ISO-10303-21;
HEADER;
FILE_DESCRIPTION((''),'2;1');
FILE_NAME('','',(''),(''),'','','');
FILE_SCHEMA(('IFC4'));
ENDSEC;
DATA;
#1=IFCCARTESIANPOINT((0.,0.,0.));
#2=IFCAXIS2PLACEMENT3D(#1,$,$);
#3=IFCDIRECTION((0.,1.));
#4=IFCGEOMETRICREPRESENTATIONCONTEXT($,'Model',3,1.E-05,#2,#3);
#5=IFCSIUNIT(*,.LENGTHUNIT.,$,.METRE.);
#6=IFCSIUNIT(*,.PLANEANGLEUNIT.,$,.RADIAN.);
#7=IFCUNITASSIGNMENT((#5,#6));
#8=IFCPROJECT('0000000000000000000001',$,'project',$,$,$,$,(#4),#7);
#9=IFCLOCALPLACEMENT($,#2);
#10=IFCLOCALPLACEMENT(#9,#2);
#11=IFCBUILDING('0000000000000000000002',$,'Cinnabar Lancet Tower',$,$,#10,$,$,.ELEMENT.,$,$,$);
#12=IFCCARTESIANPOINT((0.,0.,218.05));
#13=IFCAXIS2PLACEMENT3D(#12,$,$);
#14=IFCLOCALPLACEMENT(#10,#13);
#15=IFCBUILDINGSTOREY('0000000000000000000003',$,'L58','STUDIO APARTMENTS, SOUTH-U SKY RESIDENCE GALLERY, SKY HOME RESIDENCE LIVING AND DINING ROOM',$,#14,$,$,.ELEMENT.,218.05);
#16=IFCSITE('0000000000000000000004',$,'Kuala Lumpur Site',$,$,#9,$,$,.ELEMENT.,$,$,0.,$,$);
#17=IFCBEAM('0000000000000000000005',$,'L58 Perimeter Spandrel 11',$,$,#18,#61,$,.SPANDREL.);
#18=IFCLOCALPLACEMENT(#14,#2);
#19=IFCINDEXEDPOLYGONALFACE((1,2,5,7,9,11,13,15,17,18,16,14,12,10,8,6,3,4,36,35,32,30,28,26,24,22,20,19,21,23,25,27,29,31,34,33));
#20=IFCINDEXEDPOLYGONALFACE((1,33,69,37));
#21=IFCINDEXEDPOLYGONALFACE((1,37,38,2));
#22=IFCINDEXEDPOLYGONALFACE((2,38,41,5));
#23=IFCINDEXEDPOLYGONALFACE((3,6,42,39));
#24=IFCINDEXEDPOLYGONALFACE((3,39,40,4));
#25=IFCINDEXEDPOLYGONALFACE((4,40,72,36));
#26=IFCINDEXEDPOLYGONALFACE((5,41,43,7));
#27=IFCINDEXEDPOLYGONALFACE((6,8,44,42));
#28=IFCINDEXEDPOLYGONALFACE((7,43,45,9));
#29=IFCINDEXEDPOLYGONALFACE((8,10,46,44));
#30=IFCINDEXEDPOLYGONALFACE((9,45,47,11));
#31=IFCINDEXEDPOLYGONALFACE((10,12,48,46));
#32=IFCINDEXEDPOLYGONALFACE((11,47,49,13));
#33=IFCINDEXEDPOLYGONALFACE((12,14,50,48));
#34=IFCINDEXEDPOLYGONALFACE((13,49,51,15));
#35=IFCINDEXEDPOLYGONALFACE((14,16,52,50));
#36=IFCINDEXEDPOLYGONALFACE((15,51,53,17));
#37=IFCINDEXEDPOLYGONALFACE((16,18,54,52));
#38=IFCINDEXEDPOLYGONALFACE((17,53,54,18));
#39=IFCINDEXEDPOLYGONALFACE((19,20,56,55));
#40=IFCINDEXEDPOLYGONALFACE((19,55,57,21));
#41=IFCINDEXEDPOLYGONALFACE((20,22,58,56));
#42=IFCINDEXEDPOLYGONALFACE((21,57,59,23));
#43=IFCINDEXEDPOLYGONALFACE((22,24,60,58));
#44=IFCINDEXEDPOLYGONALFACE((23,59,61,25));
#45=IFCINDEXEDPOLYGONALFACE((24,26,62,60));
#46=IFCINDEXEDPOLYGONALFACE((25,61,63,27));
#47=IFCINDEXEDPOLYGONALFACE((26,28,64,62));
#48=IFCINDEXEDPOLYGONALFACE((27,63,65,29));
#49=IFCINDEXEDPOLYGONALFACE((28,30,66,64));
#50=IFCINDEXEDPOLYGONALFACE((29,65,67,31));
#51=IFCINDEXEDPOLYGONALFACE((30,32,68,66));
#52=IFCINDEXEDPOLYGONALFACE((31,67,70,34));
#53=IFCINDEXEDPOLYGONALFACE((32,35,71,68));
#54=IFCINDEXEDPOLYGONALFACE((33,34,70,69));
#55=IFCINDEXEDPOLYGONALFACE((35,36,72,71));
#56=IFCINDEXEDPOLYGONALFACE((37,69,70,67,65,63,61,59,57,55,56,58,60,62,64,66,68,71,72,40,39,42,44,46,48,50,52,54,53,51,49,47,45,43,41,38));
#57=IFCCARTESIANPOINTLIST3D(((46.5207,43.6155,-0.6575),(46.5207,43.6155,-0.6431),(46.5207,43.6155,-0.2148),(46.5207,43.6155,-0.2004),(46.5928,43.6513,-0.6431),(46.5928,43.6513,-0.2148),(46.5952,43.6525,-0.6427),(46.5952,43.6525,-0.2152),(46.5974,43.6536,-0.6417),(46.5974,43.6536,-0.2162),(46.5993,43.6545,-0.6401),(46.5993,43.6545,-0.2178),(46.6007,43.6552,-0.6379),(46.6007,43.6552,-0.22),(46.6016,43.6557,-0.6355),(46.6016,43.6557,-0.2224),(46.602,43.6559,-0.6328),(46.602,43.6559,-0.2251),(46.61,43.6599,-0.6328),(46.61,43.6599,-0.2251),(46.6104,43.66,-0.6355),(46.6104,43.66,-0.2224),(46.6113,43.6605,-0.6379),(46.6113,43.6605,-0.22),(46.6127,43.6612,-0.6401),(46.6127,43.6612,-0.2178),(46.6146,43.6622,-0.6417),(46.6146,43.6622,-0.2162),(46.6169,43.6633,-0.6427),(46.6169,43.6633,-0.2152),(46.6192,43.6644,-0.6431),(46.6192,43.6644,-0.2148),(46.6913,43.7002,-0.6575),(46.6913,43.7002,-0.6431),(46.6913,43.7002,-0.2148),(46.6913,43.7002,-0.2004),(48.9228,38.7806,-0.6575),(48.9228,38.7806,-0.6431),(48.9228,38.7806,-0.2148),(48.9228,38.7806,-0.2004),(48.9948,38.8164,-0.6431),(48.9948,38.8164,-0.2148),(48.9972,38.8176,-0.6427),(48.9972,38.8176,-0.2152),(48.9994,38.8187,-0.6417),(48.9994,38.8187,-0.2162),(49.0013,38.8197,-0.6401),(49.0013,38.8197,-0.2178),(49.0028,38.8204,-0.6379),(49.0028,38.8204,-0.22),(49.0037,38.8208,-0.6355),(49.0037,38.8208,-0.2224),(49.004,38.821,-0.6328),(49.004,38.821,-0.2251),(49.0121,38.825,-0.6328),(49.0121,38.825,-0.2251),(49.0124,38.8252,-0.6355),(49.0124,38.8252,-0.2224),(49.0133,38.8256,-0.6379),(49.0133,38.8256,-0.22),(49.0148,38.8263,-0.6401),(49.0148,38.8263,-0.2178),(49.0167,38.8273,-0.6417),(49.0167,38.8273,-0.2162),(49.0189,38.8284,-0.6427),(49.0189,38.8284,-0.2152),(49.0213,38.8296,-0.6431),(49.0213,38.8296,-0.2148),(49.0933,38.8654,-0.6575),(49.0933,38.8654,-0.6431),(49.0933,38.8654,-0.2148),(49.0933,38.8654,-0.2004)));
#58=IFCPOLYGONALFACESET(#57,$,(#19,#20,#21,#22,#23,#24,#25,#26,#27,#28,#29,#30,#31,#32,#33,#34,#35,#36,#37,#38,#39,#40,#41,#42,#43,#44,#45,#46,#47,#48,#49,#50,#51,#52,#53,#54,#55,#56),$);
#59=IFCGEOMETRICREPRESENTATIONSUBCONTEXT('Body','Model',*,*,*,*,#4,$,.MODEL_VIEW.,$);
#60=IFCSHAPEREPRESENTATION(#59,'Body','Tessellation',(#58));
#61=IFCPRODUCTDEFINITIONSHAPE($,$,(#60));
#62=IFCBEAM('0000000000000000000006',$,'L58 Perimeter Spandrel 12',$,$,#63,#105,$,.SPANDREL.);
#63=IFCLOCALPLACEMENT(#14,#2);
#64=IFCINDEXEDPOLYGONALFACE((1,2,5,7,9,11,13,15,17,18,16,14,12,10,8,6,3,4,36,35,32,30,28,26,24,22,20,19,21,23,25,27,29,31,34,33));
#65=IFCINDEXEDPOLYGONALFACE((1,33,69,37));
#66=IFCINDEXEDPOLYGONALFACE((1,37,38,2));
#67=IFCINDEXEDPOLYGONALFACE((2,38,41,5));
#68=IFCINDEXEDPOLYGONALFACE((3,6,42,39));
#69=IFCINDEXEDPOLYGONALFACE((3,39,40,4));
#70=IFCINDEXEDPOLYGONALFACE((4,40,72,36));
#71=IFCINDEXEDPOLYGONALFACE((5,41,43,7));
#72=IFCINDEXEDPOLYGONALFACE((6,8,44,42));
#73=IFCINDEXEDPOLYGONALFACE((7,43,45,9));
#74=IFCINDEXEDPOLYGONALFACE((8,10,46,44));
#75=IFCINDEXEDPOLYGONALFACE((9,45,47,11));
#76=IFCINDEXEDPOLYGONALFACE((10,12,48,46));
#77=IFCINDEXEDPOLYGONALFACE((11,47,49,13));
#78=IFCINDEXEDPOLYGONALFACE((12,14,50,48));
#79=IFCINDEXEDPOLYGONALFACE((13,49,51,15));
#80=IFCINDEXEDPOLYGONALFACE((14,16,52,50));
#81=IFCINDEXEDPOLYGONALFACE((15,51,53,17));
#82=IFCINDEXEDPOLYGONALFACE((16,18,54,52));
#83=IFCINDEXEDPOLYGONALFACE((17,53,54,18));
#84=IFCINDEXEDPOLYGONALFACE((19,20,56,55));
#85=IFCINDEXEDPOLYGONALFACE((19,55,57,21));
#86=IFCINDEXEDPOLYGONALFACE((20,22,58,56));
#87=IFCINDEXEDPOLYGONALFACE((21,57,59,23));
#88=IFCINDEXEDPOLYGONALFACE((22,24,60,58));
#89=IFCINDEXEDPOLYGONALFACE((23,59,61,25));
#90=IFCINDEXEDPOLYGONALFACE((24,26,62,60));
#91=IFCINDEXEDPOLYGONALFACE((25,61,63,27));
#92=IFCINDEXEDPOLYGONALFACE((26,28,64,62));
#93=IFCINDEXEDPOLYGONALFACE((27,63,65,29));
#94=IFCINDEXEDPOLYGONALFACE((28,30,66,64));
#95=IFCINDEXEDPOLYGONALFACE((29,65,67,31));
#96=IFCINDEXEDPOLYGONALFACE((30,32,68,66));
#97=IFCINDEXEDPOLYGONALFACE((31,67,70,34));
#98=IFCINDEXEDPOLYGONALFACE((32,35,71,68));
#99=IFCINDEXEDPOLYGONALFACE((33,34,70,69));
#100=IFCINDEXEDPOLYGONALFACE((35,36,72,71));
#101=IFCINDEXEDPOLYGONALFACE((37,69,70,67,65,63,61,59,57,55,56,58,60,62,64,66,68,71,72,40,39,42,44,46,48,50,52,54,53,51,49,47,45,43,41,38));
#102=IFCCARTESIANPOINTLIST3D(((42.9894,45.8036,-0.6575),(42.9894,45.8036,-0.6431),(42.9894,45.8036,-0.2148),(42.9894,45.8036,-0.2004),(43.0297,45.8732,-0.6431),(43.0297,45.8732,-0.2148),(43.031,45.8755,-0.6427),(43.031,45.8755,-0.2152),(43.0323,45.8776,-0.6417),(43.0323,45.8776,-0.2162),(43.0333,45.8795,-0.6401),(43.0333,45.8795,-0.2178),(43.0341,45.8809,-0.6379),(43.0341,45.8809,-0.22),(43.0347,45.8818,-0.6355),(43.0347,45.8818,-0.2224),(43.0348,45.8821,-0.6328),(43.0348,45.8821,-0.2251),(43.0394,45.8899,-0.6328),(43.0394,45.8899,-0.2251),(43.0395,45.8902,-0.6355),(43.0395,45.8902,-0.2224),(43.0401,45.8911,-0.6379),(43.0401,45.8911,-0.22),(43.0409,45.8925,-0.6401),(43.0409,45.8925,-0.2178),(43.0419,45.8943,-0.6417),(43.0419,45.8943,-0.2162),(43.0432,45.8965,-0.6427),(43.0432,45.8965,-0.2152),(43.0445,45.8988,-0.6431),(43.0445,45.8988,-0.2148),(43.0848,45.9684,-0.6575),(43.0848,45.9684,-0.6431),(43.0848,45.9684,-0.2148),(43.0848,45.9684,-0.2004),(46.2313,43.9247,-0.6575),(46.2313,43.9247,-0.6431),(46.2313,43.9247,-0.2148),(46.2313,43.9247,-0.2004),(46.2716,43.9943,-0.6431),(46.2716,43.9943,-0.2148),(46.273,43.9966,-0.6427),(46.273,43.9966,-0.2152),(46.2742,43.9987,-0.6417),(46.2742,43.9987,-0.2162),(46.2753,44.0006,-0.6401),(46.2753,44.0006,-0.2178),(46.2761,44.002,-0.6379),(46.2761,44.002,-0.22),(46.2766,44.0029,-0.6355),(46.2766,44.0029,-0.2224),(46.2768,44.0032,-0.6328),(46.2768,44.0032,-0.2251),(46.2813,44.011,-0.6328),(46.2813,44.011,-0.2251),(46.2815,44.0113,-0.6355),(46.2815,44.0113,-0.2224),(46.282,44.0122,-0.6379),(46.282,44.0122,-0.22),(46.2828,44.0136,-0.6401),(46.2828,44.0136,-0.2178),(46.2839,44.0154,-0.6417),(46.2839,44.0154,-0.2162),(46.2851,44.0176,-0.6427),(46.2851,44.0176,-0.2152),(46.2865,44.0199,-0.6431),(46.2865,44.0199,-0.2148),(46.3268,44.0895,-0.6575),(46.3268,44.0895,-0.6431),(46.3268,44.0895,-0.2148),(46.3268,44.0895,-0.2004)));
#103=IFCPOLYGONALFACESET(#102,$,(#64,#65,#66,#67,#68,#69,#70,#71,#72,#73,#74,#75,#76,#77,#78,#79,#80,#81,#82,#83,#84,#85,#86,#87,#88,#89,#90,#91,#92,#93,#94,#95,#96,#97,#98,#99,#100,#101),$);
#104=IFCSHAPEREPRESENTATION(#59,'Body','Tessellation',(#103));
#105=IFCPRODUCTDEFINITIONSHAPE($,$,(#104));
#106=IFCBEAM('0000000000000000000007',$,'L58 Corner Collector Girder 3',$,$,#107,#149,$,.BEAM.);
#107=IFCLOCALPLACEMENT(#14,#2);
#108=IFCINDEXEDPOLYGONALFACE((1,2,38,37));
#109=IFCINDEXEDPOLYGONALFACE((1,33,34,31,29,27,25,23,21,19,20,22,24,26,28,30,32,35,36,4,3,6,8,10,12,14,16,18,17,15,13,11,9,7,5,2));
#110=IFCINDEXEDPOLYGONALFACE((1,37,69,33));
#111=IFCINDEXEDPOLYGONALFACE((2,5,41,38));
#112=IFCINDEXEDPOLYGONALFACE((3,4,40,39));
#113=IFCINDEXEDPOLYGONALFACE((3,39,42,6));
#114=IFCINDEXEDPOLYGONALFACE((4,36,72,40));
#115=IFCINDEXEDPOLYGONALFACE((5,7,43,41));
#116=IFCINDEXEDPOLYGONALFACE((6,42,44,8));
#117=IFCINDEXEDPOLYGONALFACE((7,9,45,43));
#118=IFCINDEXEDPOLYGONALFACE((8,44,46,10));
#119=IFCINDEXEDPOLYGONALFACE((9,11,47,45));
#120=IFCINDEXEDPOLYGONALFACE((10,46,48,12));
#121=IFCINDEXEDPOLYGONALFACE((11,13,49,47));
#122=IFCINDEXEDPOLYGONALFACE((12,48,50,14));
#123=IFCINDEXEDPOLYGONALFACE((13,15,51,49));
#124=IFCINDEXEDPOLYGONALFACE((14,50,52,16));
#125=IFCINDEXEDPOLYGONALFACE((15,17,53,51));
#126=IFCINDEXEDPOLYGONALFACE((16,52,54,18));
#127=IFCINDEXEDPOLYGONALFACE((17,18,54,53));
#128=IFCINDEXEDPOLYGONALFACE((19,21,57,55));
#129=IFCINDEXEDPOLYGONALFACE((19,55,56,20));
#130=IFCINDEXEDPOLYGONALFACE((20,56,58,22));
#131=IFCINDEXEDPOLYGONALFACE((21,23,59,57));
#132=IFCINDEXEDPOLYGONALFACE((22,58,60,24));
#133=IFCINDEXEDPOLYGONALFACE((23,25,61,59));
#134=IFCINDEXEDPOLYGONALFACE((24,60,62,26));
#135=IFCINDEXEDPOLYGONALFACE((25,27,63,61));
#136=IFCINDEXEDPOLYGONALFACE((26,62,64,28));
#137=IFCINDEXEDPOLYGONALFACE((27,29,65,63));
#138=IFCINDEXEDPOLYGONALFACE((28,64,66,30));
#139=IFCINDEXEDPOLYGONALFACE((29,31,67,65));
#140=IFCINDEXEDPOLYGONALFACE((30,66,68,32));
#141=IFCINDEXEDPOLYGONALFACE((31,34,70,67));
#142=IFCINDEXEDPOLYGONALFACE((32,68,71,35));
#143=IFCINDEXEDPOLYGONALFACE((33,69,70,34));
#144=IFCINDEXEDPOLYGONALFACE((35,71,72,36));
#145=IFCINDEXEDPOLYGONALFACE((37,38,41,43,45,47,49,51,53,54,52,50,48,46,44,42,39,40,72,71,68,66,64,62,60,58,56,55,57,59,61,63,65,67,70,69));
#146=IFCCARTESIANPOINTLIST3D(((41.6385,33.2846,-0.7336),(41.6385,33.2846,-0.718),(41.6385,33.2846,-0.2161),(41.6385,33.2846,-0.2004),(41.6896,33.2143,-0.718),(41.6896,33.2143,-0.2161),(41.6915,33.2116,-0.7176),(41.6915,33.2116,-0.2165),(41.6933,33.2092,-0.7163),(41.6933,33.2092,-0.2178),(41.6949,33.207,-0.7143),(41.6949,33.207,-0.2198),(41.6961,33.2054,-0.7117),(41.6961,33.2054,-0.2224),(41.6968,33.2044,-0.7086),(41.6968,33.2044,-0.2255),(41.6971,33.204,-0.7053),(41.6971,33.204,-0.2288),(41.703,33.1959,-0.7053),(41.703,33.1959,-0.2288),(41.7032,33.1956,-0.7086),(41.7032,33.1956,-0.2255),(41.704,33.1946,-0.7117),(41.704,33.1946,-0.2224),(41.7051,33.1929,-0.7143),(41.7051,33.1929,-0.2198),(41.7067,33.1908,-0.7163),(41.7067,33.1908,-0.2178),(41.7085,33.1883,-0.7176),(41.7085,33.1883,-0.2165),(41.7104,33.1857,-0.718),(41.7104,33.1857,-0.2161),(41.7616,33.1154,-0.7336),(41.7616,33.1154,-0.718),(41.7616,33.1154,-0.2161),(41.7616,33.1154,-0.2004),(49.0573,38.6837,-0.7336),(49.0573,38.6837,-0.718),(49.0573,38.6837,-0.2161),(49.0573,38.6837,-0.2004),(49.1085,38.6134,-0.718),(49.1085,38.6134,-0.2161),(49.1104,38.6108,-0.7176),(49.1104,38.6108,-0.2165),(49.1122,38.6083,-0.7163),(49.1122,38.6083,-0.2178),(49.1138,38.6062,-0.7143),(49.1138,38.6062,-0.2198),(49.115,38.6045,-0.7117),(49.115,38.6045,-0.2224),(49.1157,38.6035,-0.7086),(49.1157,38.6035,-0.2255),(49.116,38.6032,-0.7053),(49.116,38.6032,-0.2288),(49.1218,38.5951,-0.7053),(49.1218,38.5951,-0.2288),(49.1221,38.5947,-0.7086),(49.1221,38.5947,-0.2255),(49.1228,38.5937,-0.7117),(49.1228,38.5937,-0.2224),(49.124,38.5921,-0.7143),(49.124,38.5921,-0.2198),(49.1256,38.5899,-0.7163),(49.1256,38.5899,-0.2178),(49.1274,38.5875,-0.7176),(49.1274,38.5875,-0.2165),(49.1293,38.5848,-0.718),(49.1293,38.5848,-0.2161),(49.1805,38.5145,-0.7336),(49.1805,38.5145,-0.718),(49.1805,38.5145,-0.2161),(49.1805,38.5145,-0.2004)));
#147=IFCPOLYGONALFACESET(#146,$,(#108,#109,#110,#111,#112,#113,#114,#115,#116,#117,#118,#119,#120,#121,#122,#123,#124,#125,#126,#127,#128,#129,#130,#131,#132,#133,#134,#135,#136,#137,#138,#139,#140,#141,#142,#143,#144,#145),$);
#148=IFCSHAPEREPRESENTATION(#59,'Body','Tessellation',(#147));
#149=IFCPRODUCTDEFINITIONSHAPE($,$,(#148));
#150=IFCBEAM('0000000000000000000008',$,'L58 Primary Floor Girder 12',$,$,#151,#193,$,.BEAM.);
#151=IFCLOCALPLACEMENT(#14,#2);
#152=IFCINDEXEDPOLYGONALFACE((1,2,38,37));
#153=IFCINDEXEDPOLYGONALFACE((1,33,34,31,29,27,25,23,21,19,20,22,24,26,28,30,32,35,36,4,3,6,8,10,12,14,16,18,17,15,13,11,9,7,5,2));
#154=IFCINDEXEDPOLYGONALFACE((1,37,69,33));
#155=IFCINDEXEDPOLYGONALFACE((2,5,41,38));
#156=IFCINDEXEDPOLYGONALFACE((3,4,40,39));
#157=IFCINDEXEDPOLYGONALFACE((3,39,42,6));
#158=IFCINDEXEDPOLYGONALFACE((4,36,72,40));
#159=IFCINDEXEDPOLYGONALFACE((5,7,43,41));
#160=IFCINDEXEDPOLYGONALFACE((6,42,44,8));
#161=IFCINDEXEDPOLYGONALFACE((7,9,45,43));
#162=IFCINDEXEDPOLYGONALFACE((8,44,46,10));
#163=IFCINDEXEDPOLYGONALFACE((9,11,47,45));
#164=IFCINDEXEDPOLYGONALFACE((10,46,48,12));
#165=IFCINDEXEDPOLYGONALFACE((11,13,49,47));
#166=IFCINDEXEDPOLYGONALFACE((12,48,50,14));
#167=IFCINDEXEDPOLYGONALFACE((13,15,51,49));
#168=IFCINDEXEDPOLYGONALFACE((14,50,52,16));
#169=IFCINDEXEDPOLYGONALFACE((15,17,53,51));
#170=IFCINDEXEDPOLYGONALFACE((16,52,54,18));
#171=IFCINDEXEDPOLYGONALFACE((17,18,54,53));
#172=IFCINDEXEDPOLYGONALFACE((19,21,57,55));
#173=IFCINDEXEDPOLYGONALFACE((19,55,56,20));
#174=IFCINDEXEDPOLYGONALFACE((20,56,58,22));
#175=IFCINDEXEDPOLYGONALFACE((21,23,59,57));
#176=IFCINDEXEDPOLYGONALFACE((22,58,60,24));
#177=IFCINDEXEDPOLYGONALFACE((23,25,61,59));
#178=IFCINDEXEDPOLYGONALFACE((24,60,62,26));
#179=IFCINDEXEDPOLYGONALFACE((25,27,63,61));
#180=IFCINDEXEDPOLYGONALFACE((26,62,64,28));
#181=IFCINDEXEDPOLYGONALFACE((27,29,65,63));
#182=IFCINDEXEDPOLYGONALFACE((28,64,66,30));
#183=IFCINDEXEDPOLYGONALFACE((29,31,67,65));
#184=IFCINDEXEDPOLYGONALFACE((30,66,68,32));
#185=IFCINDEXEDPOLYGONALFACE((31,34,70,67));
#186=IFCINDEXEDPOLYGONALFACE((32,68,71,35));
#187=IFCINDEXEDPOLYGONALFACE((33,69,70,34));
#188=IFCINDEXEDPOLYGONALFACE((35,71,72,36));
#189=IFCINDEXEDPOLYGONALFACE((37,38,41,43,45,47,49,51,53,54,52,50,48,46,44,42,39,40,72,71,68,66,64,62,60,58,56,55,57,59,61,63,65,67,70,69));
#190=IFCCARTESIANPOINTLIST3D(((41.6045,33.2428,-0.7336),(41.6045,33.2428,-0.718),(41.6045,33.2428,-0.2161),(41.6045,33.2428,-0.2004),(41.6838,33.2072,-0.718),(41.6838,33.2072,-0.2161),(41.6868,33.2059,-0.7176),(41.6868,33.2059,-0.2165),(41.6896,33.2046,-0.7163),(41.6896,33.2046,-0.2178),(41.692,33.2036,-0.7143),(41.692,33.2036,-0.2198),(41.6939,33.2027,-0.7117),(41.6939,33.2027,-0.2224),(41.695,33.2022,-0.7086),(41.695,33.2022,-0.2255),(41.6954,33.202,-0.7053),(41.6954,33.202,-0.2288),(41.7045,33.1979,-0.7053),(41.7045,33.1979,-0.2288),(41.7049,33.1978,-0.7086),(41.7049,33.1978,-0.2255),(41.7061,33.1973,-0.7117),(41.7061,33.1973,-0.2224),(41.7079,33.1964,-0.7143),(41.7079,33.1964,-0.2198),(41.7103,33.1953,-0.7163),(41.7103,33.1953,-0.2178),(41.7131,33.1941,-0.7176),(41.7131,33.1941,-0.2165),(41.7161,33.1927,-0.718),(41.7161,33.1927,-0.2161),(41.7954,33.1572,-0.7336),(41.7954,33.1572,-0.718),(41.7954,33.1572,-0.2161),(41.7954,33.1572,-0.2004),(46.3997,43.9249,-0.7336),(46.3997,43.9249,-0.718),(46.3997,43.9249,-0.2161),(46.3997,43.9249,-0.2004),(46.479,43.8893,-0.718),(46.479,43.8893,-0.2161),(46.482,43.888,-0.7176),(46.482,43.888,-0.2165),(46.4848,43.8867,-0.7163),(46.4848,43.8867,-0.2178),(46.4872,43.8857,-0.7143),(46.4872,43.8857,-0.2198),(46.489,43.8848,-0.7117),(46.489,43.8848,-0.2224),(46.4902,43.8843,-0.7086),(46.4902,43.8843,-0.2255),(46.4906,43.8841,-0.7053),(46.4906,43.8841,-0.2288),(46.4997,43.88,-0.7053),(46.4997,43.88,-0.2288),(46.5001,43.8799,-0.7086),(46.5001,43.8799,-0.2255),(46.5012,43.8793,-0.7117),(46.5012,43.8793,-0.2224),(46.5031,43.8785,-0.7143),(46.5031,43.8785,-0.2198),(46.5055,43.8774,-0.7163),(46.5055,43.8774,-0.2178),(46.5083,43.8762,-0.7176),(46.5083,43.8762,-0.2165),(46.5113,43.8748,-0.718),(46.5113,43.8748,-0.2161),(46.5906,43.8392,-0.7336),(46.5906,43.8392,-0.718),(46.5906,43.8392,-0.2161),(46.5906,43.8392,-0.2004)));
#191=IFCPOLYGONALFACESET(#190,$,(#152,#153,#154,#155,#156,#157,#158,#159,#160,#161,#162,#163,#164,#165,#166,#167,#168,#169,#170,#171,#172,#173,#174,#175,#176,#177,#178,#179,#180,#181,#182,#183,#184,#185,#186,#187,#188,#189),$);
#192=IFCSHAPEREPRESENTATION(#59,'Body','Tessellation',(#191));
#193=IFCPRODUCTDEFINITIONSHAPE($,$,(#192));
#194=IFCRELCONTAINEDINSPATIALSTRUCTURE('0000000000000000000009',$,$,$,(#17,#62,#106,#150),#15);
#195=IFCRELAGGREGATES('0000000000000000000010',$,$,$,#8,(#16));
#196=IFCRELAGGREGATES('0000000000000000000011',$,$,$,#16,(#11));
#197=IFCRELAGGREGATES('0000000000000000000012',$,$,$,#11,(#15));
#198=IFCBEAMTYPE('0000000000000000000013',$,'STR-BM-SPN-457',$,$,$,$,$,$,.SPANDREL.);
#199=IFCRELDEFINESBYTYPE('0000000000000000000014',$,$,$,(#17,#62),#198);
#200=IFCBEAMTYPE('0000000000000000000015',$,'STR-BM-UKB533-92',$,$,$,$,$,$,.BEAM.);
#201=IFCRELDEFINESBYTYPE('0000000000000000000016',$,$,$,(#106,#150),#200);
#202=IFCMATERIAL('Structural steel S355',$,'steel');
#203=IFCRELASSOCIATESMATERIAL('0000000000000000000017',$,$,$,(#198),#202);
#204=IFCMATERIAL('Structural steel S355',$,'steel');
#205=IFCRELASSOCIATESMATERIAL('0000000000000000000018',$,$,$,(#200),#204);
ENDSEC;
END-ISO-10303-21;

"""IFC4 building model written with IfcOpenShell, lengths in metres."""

from ifc_helpers import new_model, si_unit, direction, frame, origin, origin_2d, place, context, subcontext, project, spatial, i_section, extrude, material, material_profile, profile_set, type_object, element, save


model = new_model("IFC4")

# Units and contexts
model_context = context("Model", 3, precision=1e-05, world=origin(), true_north=direction((0.0, 1.0)))
body_context = subcontext(model_context, "Body", "Model", "MODEL_VIEW")
ifc_project = project(units=[si_unit("LENGTHUNIT", "METRE"), si_unit("PLANEANGLEUNIT", "RADIAN")], contexts=[model_context])

# Site, building, storey
site_placement = place(None, origin())
site = spatial("IfcSite", under=ifc_project, at=site_placement, Name="Kuala Lumpur Site", CompositionType="ELEMENT", RefElevation=0.0)
building_placement = place(site_placement, origin())
building = spatial("IfcBuilding", under=site, at=building_placement, Name="Cinnabar Lancet Tower", CompositionType="ELEMENT")
storey_placement = place(building_placement, frame((0.0, 0.0, 218.05)))
storey = spatial("IfcBuildingStorey", under=building, at=storey_placement, Name="L58", Description="STUDIO APARTMENTS, SOUTH-U SKY RESIDENCE GALLERY, SKY HOME RESIDENCE LIVING AND DINING ROOM", CompositionType="ELEMENT", Elevation=218.05)

# Beams
ifc_material_1 = material(Name="Structural steel S355", Category="steel")
ifc_material_profile_1 = material_profile(ifc_material_1, i_section(OverallWidth=0.1904, OverallDepth=0.457, WebThickness=0.009, FlangeThickness=0.0144, FilletRadius=0.0103, at=origin_2d()), Name="UKB 457x191x74")
ifc_profile_set_1 = profile_set([ifc_material_profile_1], Name="Structural steel S355")
beam_type_1 = type_object("IfcBeamType", Name="STR-BM-SPN-457", PredefinedType="SPANDREL", material=ifc_profile_set_1)
beam_1_placement = place(storey_placement, frame((49.0081, 38.823, -0.429), z_axis=(-0.444933, 0.895564, 0.0), x_axis=(-0.895564, -0.444933, 0.0)))
element("IfcBeam", 1, at=beam_1_placement, inside=storey, type_object=beam_type_1, Name="L58 Perimeter Spandrel 11", PredefinedType="SPANDREL", context=body_context, shape_type="SweptSolid", body=[
    extrude(i_section(OverallWidth=0.1904, OverallDepth=0.457, WebThickness=0.009, FlangeThickness=0.0144, FilletRadius=0.0103, at=origin_2d()), origin(), (0.0, 0.0, 1.0), 5.3987),
])
beam_2_placement = place(storey_placement, frame((46.2791, 44.0071, -0.429), z_axis=(-0.865196, 0.501434, 0.0), x_axis=(-0.501434, -0.865196, 0.0)))
element("IfcBeam", 2, at=beam_2_placement, inside=storey, type_object=beam_type_1, Name="L58 Perimeter Spandrel 12", PredefinedType="SPANDREL", context=body_context, shape_type="SweptSolid", body=[
    extrude(i_section(OverallWidth=0.1904, OverallDepth=0.457, WebThickness=0.009, FlangeThickness=0.0144, FilletRadius=0.0103, at=origin_2d()), origin(), (0.0, 0.0, 1.0), 3.7471),
])
ifc_material_2 = material(Name="Structural steel S355", Category="steel")
ifc_material_profile_2 = material_profile(ifc_material_2, i_section(OverallWidth=0.2092, OverallDepth=0.5332, WebThickness=0.01, FlangeThickness=0.0156, FilletRadius=0.0127, at=origin_2d()), Name="UKB 533x210x92")
ifc_profile_set_2 = profile_set([ifc_material_profile_2], Name="Structural steel S355")
beam_type_2 = type_object("IfcBeamType", Name="STR-BM-UKB533-92", PredefinedType="BEAM", material=ifc_profile_set_2)
beam_3_placement = place(storey_placement, frame((49.1189, 38.5991, -0.467), z_axis=(-0.808551, -0.588426, 0.0), x_axis=(0.588426, -0.808551, 0.0)))
element("IfcBeam", 3, at=beam_3_placement, inside=storey, type_object=beam_type_2, Name="L58 Corner Collector Girder 3", PredefinedType="BEAM", context=body_context, shape_type="SweptSolid", body=[
    extrude(i_section(OverallWidth=0.2092, OverallDepth=0.5332, WebThickness=0.01, FlangeThickness=0.0156, FilletRadius=0.0127, at=origin_2d()), origin(), (0.0, 0.0, 1.0), 9.1755),
])
beam_4_placement = place(storey_placement, frame((46.4951, 43.8821, -0.467), z_axis=(-0.409527, -0.912298, 0.0), x_axis=(0.912298, -0.409527, 0.0)))
element("IfcBeam", 4, at=beam_4_placement, inside=storey, type_object=beam_type_2, Name="L58 Primary Floor Girder 12", PredefinedType="BEAM", context=body_context, shape_type="SweptSolid", body=[
    extrude(i_section(OverallWidth=0.2092, OverallDepth=0.5332, WebThickness=0.01, FlangeThickness=0.0156, FilletRadius=0.0127, at=origin_2d()), origin(), (0.0, 0.0, 1.0), 11.709),
])

save(model, "model.ifc")
